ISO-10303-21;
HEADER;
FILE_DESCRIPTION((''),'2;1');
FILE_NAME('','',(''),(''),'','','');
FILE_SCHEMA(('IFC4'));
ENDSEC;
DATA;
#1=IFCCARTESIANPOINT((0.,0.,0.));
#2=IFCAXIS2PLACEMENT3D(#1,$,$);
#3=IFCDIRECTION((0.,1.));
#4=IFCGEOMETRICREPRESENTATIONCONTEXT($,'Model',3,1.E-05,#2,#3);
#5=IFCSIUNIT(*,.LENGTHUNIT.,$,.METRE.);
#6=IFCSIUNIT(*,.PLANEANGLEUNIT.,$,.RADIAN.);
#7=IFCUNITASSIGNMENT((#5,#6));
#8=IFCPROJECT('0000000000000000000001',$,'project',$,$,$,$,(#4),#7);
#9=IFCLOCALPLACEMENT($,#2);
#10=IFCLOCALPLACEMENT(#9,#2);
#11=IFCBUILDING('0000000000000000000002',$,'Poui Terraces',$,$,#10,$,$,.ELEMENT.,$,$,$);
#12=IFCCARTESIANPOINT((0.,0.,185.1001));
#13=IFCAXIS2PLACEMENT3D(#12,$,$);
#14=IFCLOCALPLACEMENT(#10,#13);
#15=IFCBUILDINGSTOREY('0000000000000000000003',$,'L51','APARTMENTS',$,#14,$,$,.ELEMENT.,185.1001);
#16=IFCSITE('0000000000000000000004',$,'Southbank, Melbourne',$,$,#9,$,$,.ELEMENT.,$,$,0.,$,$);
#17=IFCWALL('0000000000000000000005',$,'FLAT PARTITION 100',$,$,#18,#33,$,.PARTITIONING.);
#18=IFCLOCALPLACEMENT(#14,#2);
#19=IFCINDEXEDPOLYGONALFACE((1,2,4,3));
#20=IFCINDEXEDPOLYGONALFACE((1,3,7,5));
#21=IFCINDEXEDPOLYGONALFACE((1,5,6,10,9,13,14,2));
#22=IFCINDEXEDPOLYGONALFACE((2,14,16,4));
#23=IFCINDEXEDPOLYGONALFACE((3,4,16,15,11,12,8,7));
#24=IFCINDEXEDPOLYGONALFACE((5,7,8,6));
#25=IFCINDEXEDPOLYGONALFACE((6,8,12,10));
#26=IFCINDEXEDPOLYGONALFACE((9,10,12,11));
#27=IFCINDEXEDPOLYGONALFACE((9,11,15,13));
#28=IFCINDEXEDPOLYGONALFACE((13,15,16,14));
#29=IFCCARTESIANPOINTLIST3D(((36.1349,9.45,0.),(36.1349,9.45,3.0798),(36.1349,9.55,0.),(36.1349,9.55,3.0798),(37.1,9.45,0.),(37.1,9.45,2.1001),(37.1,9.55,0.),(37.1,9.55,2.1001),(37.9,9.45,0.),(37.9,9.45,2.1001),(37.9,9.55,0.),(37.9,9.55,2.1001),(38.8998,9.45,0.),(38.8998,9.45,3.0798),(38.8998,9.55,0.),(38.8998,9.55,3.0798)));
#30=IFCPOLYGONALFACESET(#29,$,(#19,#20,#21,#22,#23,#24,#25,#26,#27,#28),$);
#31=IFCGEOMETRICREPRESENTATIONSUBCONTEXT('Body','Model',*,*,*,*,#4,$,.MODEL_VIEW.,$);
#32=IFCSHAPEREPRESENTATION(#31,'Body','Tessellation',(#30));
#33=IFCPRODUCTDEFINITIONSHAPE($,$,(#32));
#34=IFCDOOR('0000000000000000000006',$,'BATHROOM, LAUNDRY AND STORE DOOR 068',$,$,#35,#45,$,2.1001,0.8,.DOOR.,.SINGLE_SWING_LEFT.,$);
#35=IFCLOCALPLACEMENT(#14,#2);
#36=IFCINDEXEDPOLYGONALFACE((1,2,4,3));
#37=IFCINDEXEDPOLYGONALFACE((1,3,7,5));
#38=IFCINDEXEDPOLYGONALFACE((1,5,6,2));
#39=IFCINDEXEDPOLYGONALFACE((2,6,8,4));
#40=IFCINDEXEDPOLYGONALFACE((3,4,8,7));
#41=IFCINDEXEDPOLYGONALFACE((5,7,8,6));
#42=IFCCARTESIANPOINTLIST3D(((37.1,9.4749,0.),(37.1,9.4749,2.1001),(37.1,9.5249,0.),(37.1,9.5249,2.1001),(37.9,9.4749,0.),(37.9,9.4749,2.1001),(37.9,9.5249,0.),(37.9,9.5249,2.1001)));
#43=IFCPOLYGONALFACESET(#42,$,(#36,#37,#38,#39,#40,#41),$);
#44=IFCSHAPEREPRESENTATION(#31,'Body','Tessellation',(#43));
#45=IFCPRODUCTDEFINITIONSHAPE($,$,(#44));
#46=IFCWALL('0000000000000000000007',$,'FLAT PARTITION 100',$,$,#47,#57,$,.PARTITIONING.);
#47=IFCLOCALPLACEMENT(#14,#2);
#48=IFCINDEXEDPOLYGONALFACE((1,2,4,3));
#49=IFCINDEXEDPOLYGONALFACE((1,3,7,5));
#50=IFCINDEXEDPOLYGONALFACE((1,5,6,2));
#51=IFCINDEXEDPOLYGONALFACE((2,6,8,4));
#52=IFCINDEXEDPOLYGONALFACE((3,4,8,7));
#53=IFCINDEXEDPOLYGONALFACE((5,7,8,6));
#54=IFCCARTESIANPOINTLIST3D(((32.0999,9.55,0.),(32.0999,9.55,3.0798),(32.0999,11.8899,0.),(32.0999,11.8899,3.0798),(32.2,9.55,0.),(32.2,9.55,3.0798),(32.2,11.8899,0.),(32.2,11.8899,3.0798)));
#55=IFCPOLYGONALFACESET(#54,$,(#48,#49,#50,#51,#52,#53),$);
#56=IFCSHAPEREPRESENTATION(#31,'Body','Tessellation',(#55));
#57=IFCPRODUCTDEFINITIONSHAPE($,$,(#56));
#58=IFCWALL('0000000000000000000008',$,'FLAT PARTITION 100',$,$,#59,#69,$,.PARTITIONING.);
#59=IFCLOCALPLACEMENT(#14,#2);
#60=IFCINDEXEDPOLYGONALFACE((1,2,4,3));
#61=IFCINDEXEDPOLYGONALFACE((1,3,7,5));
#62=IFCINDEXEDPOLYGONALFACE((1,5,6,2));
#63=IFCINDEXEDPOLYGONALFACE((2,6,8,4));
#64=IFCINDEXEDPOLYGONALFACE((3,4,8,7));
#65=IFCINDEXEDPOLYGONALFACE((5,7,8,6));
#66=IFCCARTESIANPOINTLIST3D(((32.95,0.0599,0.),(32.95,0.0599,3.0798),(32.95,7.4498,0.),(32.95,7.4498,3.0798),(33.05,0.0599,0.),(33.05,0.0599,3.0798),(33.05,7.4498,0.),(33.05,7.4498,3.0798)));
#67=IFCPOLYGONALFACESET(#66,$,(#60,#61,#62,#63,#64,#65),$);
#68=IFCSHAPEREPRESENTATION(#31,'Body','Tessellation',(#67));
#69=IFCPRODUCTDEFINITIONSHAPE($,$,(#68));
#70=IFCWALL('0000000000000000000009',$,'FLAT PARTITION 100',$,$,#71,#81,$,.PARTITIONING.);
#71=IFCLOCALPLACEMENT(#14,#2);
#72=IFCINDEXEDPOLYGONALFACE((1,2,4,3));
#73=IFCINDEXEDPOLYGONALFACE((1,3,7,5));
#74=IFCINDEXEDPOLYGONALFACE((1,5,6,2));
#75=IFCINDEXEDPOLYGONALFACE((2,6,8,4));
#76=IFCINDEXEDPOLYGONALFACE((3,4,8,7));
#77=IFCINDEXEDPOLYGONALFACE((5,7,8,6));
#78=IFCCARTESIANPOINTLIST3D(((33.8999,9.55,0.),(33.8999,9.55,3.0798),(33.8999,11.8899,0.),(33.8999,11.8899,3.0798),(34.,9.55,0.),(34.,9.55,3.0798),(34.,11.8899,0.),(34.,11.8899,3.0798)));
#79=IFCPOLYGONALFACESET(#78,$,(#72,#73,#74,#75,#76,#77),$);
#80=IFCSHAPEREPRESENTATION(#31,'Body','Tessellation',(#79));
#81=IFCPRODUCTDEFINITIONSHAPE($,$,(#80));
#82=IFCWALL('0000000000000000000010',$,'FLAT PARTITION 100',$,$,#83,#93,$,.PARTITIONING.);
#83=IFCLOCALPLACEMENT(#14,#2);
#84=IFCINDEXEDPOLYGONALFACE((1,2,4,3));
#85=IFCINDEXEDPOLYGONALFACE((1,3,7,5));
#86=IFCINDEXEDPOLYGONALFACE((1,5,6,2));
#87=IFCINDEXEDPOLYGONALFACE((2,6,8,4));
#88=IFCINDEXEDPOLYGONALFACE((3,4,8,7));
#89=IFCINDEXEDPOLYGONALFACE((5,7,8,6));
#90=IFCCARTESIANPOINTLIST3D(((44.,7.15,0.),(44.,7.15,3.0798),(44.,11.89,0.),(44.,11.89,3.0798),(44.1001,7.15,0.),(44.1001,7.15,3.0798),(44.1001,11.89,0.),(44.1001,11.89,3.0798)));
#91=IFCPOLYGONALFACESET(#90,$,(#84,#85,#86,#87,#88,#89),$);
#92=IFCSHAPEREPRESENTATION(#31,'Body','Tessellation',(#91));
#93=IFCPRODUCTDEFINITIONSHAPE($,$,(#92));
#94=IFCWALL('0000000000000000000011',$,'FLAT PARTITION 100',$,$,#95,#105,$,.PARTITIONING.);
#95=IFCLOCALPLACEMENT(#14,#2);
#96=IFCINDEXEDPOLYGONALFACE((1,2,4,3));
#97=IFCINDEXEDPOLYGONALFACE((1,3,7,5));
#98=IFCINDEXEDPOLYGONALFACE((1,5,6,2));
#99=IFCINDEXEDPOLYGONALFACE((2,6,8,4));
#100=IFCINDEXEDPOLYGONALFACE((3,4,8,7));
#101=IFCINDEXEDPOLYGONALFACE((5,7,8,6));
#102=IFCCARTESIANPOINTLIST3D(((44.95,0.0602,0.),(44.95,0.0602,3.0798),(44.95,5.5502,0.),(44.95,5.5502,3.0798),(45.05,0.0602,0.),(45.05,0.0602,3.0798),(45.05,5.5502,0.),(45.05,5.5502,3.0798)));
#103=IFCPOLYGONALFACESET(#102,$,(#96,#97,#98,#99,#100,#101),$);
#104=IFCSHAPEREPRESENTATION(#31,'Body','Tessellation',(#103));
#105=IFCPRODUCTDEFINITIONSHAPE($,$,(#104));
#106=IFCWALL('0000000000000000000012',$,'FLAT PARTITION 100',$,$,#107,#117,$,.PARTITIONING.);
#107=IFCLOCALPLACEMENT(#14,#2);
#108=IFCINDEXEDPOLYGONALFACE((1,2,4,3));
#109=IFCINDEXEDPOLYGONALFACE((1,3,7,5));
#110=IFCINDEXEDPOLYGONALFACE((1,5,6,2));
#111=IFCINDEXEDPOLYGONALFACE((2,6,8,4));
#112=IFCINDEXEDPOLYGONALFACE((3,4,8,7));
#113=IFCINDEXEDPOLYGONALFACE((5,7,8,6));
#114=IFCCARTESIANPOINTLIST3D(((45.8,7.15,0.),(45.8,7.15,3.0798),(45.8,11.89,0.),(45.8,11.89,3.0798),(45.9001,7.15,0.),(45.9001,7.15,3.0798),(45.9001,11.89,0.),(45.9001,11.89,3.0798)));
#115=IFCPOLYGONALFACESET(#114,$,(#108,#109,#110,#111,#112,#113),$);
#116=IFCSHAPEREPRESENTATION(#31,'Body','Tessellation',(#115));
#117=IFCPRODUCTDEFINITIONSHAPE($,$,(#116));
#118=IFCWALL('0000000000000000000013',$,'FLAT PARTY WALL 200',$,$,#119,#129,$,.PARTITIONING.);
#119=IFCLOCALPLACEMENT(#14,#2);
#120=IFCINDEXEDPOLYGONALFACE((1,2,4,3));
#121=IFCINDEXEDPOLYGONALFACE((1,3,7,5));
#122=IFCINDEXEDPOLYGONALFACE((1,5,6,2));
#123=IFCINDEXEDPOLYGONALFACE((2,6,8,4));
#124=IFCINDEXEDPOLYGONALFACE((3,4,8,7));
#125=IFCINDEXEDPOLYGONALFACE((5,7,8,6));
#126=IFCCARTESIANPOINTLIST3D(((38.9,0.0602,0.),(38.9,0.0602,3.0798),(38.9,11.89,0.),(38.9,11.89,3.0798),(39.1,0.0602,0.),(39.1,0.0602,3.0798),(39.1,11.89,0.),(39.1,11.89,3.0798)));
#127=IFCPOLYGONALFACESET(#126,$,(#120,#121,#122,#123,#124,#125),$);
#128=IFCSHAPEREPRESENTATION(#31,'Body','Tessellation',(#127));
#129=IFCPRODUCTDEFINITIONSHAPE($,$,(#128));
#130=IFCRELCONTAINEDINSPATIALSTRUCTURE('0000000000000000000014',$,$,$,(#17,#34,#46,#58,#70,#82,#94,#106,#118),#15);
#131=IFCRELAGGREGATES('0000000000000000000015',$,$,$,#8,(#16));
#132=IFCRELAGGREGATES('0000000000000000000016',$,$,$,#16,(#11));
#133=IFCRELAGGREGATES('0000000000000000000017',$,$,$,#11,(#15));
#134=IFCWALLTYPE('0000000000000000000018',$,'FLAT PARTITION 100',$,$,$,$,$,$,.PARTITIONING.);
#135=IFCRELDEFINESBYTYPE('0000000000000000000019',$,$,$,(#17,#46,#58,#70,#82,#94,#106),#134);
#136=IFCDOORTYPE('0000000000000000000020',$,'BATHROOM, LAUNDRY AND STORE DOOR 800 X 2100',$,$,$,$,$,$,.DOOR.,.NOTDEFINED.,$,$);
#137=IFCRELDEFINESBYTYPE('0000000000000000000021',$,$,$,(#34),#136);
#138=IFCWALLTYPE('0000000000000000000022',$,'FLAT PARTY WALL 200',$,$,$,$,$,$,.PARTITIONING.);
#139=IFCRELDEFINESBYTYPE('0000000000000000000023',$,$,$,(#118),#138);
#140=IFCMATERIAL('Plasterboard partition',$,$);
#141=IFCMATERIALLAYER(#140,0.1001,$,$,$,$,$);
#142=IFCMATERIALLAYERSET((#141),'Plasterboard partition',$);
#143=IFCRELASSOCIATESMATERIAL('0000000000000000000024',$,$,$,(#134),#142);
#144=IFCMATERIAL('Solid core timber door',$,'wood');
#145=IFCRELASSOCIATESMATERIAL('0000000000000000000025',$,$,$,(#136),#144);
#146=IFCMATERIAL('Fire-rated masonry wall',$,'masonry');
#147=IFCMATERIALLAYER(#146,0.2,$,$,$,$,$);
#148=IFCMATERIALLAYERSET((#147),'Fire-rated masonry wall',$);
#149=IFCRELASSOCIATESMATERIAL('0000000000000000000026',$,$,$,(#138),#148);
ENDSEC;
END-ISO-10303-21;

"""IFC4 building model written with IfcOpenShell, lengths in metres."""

from ifc_helpers import new_model, si_unit, direction, frame, frame_2d, origin, place, context, subcontext, project, spatial, rectangle, extrude, material, layer, layer_set, type_object, element, fill, save


model = new_model("IFC4")

# Units and contexts
model_context = context("Model", 3, precision=1e-05, world=origin(), true_north=direction((0.0, 1.0)))
body_context = subcontext(model_context, "Body", "Model", "MODEL_VIEW")
ifc_project = project(units=[si_unit("LENGTHUNIT", "METRE"), si_unit("PLANEANGLEUNIT", "RADIAN")], contexts=[model_context])

# Site, building, storey
site_placement = place(None, origin())
site = spatial("IfcSite", under=ifc_project, at=site_placement, Name="Southbank, Melbourne", CompositionType="ELEMENT", RefElevation=0.0)
building_placement = place(site_placement, origin())
building = spatial("IfcBuilding", under=site, at=building_placement, Name="Poui Terraces", CompositionType="ELEMENT")
storey_placement = place(building_placement, frame((0.0, 0.0, 185.1001)))
storey = spatial("IfcBuildingStorey", under=building, at=storey_placement, Name="L51", Description="APARTMENTS", CompositionType="ELEMENT", Elevation=185.1001)

# Wall, opening, door
ifc_material_1 = material(Name="Solid core timber door", Category="wood")
ifc_material_2 = material(Name="Plasterboard partition")
ifc_layer_1 = layer(ifc_material_2, 0.1001)
ifc_layer_set_1 = layer_set([ifc_layer_1], Name="Plasterboard partition")
wall_type_1 = type_object("IfcWallType", Name="FLAT PARTITION 100", PredefinedType="PARTITIONING", material=ifc_layer_set_1)
door_type_1 = type_object("IfcDoorType", Name="BATHROOM, LAUNDRY AND STORE DOOR 800 X 2100", OperationType="NOTDEFINED", PredefinedType="DOOR", material=ifc_material_1)
wall_1_placement = place(storey_placement, frame((36.135, 9.5, 0.0), z_axis=(0.0, 0.0, 1.0), x_axis=(1.0, 0.0, 0.0)))
wall_1 = element("IfcWall", 1, at=wall_1_placement, inside=storey, type_object=wall_type_1, Name="FLAT PARTITION 100", PredefinedType="PARTITIONING", context=body_context, shape_type="SweptSolid", body=[
    extrude(rectangle(XDim=2.7649, YDim=0.1001, at=frame_2d((1.3823, 0.0))), origin(), (0.0, 0.0, 1.0), 3.0798),
])
opening_1_placement = place(wall_1_placement, frame((0.9651, 0.0, 0.0)))
opening_1 = element("IfcOpeningElement", 2, at=opening_1_placement, cuts=wall_1, PredefinedType="OPENING", context=body_context, shape_type="SweptSolid", body=[
    extrude(rectangle(XDim=0.8, YDim=2.1001, at=frame_2d((0.3999, 1.05))), frame((0.0, 0.0601, 0.0), z_axis=(0.0, -1.0, 0.0), x_axis=(1.0, 0.0, 0.0)), (0.0, 0.0, 1.0), 0.1201),
])
door_1_placement = place(opening_1_placement, origin())
door_1 = element("IfcDoor", 3, at=door_1_placement, inside=storey, type_object=door_type_1, Name="BATHROOM, LAUNDRY AND STORE DOOR 068", OperationType="SINGLE_SWING_LEFT", OverallHeight=2.1001, OverallWidth=0.8, PredefinedType="DOOR", context=body_context, shape_type="SweptSolid", body=[
    extrude(rectangle(XDim=0.8, YDim=2.1001, at=frame_2d((0.3999, 1.05))), frame((0.0, 0.0249, 0.0), z_axis=(0.0, -1.0, 0.0), x_axis=(1.0, 0.0, 0.0)), (0.0, 0.0, 1.0), 0.05),
])
fill(opening_1, door_1)

# Walls
wall_2_placement = place(storey_placement, frame((32.1499, 9.55, 0.0), z_axis=(0.0, 0.0, 1.0), x_axis=(0.0, 1.0, 0.0)))
element("IfcWall", 4, at=wall_2_placement, inside=storey, type_object=wall_type_1, Name="FLAT PARTITION 100", PredefinedType="PARTITIONING", context=body_context, shape_type="SweptSolid", body=[
    extrude(rectangle(XDim=2.3398, YDim=0.1001, at=frame_2d((1.1699, 0.0))), origin(), (0.0, 0.0, 1.0), 3.0798),
])
wall_3_placement = place(storey_placement, frame((33.0, 0.0601, 0.0), z_axis=(0.0, 0.0, 1.0), x_axis=(0.0, 1.0, 0.0)))
element("IfcWall", 5, at=wall_3_placement, inside=storey, type_object=wall_type_1, Name="FLAT PARTITION 100", PredefinedType="PARTITIONING", context=body_context, shape_type="SweptSolid", body=[
    extrude(rectangle(XDim=7.3899, YDim=0.1001, at=frame_2d((3.6948, 0.0))), origin(), (0.0, 0.0, 1.0), 3.0798),
])
wall_4_placement = place(storey_placement, frame((33.95, 9.55, 0.0), z_axis=(0.0, 0.0, 1.0), x_axis=(0.0, 1.0, 0.0)))
element("IfcWall", 6, at=wall_4_placement, inside=storey, type_object=wall_type_1, Name="FLAT PARTITION 100", PredefinedType="PARTITIONING", context=body_context, shape_type="SweptSolid", body=[
    extrude(rectangle(XDim=2.3398, YDim=0.1001, at=frame_2d((1.1699, 0.0))), origin(), (0.0, 0.0, 1.0), 3.0798),
])
wall_5_placement = place(storey_placement, frame((44.05, 7.1499, 0.0), z_axis=(0.0, 0.0, 1.0), x_axis=(0.0, 1.0, 0.0)))
element("IfcWall", 7, at=wall_5_placement, inside=storey, type_object=wall_type_1, Name="FLAT PARTITION 100", PredefinedType="PARTITIONING", context=body_context, shape_type="SweptSolid", body=[
    extrude(rectangle(XDim=4.74, YDim=0.1001, at=frame_2d((2.3701, 0.0))), origin(), (0.0, 0.0, 1.0), 3.0798),
])
wall_6_placement = place(storey_placement, frame((45.0, 0.0601, 0.0), z_axis=(0.0, 0.0, 1.0), x_axis=(0.0, 1.0, 0.0)))
element("IfcWall", 8, at=wall_6_placement, inside=storey, type_object=wall_type_1, Name="FLAT PARTITION 100", PredefinedType="PARTITIONING", context=body_context, shape_type="SweptSolid", body=[
    extrude(rectangle(XDim=5.49, YDim=0.1001, at=frame_2d((2.7451, 0.0))), origin(), (0.0, 0.0, 1.0), 3.0798),
])
wall_7_placement = place(storey_placement, frame((45.8501, 7.1499, 0.0), z_axis=(0.0, 0.0, 1.0), x_axis=(0.0, 1.0, 0.0)))
element("IfcWall", 9, at=wall_7_placement, inside=storey, type_object=wall_type_1, Name="FLAT PARTITION 100", PredefinedType="PARTITIONING", context=body_context, shape_type="SweptSolid", body=[
    extrude(rectangle(XDim=4.74, YDim=0.1001, at=frame_2d((2.3701, 0.0))), origin(), (0.0, 0.0, 1.0), 3.0798),
])
ifc_material_3 = material(Name="Fire-rated masonry wall", Category="masonry")
ifc_layer_2 = layer(ifc_material_3, 0.2)
ifc_layer_set_2 = layer_set([ifc_layer_2], Name="Fire-rated masonry wall")
wall_type_2 = type_object("IfcWallType", Name="FLAT PARTY WALL 200", PredefinedType="PARTITIONING", material=ifc_layer_set_2)
wall_8_placement = place(storey_placement, frame((39.0, 0.0601, 0.0), z_axis=(0.0, 0.0, 1.0), x_axis=(0.0, 1.0, 0.0)))
element("IfcWall", 10, at=wall_8_placement, inside=storey, type_object=wall_type_2, Name="FLAT PARTY WALL 200", PredefinedType="PARTITIONING", context=body_context, shape_type="SweptSolid", body=[
    extrude(rectangle(XDim=11.8298, YDim=0.2, at=frame_2d((5.915, 0.0))), origin(), (0.0, 0.0, 1.0), 3.0798),
])

save(model, "model.ifc")
